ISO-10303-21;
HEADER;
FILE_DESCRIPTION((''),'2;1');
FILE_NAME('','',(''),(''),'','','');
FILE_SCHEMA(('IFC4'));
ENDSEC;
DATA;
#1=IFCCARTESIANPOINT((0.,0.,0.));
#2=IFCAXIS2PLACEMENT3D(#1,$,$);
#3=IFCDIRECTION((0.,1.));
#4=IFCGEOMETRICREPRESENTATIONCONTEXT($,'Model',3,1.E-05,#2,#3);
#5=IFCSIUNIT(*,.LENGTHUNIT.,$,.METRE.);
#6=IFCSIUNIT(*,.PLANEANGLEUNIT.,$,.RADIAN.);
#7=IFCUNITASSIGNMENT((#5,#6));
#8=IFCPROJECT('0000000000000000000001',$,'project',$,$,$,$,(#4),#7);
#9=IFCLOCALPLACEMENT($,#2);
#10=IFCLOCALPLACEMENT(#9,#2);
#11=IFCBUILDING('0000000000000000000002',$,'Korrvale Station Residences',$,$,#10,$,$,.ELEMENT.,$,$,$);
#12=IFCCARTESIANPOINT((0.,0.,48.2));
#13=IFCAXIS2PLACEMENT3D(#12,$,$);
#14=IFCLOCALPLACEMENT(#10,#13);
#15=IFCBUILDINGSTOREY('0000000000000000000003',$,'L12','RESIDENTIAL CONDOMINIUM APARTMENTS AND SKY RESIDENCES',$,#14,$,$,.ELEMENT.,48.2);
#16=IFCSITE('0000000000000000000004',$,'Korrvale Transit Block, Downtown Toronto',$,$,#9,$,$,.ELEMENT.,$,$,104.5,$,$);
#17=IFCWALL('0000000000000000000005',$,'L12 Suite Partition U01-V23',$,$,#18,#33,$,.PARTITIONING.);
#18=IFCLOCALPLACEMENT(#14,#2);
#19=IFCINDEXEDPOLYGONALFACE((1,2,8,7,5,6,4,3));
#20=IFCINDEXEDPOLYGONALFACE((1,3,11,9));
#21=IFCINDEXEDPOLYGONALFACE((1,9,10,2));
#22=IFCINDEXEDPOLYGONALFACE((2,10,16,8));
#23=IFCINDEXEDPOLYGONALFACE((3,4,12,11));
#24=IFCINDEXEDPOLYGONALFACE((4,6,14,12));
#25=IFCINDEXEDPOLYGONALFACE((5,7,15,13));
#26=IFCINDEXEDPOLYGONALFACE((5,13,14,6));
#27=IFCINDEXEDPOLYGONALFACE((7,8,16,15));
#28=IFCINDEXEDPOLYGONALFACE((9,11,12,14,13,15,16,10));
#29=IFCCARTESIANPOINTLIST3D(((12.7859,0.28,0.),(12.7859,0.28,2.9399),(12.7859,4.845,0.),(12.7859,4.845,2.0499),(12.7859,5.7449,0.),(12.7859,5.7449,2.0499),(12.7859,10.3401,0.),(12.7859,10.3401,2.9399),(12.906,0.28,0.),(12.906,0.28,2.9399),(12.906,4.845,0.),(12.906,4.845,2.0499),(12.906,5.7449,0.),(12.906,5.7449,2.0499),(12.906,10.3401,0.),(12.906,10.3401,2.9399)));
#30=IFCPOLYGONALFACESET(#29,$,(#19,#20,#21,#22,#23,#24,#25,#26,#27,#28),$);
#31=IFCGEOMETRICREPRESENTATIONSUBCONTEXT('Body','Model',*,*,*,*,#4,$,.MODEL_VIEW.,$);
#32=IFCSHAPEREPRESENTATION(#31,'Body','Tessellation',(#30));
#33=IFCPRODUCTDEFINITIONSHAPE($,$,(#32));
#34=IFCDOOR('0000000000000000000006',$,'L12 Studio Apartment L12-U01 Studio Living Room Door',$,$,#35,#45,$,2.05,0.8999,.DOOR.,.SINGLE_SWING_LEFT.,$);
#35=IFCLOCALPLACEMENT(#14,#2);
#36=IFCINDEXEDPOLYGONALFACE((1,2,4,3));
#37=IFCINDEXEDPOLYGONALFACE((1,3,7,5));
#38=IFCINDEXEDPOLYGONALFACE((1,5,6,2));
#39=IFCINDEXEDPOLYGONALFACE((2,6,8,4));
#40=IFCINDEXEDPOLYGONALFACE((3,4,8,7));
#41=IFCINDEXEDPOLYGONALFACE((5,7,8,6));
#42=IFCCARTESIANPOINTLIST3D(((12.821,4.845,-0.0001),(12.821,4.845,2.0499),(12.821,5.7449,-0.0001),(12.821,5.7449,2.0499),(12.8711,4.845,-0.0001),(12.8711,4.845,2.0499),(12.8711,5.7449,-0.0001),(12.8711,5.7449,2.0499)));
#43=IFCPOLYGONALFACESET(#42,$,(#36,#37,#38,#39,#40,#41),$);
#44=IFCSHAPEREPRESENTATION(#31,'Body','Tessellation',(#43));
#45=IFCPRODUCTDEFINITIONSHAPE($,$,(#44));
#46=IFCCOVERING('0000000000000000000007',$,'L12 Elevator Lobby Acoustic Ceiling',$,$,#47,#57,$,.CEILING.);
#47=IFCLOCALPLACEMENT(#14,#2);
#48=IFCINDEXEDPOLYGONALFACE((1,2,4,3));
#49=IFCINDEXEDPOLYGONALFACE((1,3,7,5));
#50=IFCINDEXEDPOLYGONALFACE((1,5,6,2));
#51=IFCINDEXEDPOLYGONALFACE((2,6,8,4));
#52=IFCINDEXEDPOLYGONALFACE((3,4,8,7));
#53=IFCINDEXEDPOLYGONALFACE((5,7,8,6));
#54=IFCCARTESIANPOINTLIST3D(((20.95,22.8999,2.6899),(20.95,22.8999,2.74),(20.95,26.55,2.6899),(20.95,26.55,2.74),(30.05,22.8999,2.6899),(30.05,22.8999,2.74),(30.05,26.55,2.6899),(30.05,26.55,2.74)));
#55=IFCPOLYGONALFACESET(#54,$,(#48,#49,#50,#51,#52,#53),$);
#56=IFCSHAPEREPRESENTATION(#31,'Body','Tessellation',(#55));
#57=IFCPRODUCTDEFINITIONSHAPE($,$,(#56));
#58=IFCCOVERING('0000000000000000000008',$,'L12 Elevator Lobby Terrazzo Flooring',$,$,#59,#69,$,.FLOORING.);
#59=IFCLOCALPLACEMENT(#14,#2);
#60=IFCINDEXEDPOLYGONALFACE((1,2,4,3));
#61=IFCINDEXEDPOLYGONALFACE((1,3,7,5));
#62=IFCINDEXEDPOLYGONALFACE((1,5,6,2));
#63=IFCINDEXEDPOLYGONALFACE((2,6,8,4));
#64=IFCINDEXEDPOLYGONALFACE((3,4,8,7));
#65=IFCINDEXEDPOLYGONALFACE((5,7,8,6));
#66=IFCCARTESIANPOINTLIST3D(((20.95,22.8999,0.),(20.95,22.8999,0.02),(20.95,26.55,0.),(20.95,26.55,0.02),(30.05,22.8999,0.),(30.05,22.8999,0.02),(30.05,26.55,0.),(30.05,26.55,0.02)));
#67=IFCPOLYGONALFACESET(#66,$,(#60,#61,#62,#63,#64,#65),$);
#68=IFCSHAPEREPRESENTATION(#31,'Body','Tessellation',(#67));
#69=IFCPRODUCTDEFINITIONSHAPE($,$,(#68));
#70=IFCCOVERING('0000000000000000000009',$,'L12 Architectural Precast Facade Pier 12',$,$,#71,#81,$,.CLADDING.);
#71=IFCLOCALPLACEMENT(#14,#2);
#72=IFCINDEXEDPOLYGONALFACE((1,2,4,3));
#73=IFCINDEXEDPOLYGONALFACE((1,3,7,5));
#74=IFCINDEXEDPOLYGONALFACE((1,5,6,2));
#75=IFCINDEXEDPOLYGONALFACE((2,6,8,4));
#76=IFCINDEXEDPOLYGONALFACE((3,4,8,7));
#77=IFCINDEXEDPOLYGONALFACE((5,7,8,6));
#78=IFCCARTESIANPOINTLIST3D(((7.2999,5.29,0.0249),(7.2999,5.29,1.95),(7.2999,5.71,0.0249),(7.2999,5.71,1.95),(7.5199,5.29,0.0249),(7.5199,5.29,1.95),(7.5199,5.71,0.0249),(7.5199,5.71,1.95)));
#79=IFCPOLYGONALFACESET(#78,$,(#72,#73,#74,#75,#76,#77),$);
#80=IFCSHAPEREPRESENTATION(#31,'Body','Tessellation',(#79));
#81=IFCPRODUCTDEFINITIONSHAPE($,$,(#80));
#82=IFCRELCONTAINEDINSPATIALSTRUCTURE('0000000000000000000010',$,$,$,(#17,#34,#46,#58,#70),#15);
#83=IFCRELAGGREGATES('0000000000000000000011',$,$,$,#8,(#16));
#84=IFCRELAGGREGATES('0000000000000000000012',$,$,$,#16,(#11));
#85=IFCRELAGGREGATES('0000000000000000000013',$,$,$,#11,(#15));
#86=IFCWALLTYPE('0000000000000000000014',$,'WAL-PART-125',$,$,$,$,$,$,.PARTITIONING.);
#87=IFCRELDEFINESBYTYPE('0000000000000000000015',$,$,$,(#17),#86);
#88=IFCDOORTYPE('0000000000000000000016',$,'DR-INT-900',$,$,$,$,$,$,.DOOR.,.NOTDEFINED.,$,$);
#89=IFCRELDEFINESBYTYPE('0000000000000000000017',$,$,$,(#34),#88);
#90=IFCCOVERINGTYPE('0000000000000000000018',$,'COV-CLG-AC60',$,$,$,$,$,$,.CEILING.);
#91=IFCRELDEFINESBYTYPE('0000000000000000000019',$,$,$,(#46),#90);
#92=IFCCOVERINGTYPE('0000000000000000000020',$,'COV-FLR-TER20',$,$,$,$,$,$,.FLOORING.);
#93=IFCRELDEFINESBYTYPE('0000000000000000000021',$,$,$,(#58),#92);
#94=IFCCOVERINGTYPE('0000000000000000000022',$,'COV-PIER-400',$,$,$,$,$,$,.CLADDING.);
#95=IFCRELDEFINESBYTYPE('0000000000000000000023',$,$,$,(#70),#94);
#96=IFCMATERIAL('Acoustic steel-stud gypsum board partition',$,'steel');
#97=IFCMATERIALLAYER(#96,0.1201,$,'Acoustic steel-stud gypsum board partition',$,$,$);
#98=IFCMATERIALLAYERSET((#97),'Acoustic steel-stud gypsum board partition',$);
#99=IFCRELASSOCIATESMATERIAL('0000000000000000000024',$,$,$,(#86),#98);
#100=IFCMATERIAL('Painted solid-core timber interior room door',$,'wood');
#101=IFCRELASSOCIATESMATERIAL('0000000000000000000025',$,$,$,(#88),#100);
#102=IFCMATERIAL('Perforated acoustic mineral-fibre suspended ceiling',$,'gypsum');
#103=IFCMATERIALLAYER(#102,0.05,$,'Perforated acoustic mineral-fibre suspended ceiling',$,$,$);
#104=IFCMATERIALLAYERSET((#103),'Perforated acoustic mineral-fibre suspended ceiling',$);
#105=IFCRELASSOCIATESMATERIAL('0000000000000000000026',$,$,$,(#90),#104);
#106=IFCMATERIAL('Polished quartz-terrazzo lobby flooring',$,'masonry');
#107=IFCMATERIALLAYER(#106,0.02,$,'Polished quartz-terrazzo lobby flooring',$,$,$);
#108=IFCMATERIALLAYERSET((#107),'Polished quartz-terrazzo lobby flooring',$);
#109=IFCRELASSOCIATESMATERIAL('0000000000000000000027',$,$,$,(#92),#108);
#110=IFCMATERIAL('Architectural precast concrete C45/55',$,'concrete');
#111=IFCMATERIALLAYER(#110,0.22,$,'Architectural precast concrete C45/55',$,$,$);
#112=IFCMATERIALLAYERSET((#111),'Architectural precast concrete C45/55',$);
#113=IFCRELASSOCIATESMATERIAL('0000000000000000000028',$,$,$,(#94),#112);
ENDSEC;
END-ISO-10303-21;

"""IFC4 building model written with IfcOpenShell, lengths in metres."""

from ifc_helpers import new_model, si_unit, direction, frame, frame_2d, origin, origin_2d, place, context, subcontext, project, spatial, polyline, rectangle, outline, extrude, material, layer, layer_set, type_object, element, fill, save


model = new_model("IFC4")

# Units and contexts
model_context = context("Model", 3, precision=1e-05, world=origin(), true_north=direction((0.0, 1.0)))
body_context = subcontext(model_context, "Body", "Model", "MODEL_VIEW")
ifc_project = project(units=[si_unit("LENGTHUNIT", "METRE"), si_unit("PLANEANGLEUNIT", "RADIAN")], contexts=[model_context])

# Site, building, storey
site_placement = place(None, origin())
site = spatial("IfcSite", under=ifc_project, at=site_placement, Name="Korrvale Transit Block, Downtown Toronto", CompositionType="ELEMENT", RefElevation=104.5)
building_placement = place(site_placement, origin())
building = spatial("IfcBuilding", under=site, at=building_placement, Name="Korrvale Station Residences", CompositionType="ELEMENT")
storey_placement = place(building_placement, frame((0.0, 0.0, 48.2)))
storey = spatial("IfcBuildingStorey", under=building, at=storey_placement, Name="L12", Description="RESIDENTIAL CONDOMINIUM APARTMENTS AND SKY RESIDENCES", CompositionType="ELEMENT", Elevation=48.2)

# Wall, opening, door
ifc_material_1 = material(Name="Acoustic steel-stud gypsum board partition", Category="steel")
ifc_layer_1 = layer(ifc_material_1, 0.1201, Name="Acoustic steel-stud gypsum board partition")
ifc_layer_set_1 = layer_set([ifc_layer_1], Name="Acoustic steel-stud gypsum board partition")
wall_type_1 = type_object("IfcWallType", Name="WAL-PART-125", PredefinedType="PARTITIONING", material=ifc_layer_set_1)
wall_1_placement = place(storey_placement, frame((12.8459, 0.28, 0.0), z_axis=(0.0, 0.0, 1.0), x_axis=(0.0, 1.0, 0.0)))
wall_1 = element("IfcWall", 1, at=wall_1_placement, inside=storey, type_object=wall_type_1, Name="L12 Suite Partition U01-V23", PredefinedType="PARTITIONING", context=body_context, shape_type="SweptSolid", body=[
    extrude(rectangle(XDim=10.0601, YDim=0.1201, at=frame_2d((5.03, 0.0))), origin(), (0.0, 0.0, 1.0), 2.9399),
])
opening_1_placement = place(wall_1_placement, frame((4.5649, 0.0, 0.0)))
opening_1 = element("IfcOpeningElement", 2, at=opening_1_placement, cuts=wall_1, PredefinedType="OPENING", context=body_context, shape_type="SweptSolid", body=[
    extrude(rectangle(XDim=0.8999, YDim=2.05, at=frame_2d((0.45, 1.0249))), frame((0.0, 0.0701, 0.0), z_axis=(0.0, -1.0, 0.0), x_axis=(1.0, 0.0, 0.0)), (0.0, 0.0, 1.0), 0.1401),
])
ifc_material_2 = material(Name="Painted solid-core timber interior room door", Category="wood")
door_type = type_object("IfcDoorType", Name="DR-INT-900", OperationType="NOTDEFINED", PredefinedType="DOOR", material=ifc_material_2)
door_placement = place(opening_1_placement, origin())
door = element("IfcDoor", 3, at=door_placement, inside=storey, type_object=door_type, Name="L12 Studio Apartment L12-U01 Studio Living Room Door", OperationType="SINGLE_SWING_LEFT", OverallHeight=2.05, OverallWidth=0.8999, PredefinedType="DOOR", context=body_context, shape_type="SweptSolid", body=[
    extrude(rectangle(XDim=0.8999, YDim=2.05, at=frame_2d((0.45, 1.0249))), frame((0.0, 0.0249, 0.0), z_axis=(0.0, -1.0, 0.0), x_axis=(1.0, 0.0, 0.0)), (0.0, 0.0, 1.0), 0.05),
])
fill(opening_1, door)

# Coverings
ifc_material_3 = material(Name="Perforated acoustic mineral-fibre suspended ceiling", Category="gypsum")
ifc_layer_2 = layer(ifc_material_3, 0.05, Name="Perforated acoustic mineral-fibre suspended ceiling")
ifc_layer_set_2 = layer_set([ifc_layer_2], Name="Perforated acoustic mineral-fibre suspended ceiling")
covering_type_1 = type_object("IfcCoveringType", Name="COV-CLG-AC60", PredefinedType="CEILING", material=ifc_layer_set_2)
covering_1_placement = place(storey_placement, frame((0.0, 0.0, 2.6899)))
element("IfcCovering", 4, at=covering_1_placement, inside=storey, type_object=covering_type_1, Name="L12 Elevator Lobby Acoustic Ceiling", PredefinedType="CEILING", context=body_context, shape_type="SweptSolid", body=[
    extrude(outline(polyline([(20.95, 22.8999), (30.05, 22.8999), (30.05, 26.55), (20.95, 26.55), (20.95, 22.8999)])), origin(), (0.0, 0.0, 1.0), 0.05),
])
ifc_material_4 = material(Name="Polished quartz-terrazzo lobby flooring", Category="masonry")
ifc_layer_3 = layer(ifc_material_4, 0.02, Name="Polished quartz-terrazzo lobby flooring")
ifc_layer_set_3 = layer_set([ifc_layer_3], Name="Polished quartz-terrazzo lobby flooring")
covering_type_2 = type_object("IfcCoveringType", Name="COV-FLR-TER20", PredefinedType="FLOORING", material=ifc_layer_set_3)
covering_2_placement = place(storey_placement, origin())
element("IfcCovering", 5, at=covering_2_placement, inside=storey, type_object=covering_type_2, Name="L12 Elevator Lobby Terrazzo Flooring", PredefinedType="FLOORING", context=body_context, shape_type="SweptSolid", body=[
    extrude(outline(polyline([(20.95, 22.8999), (30.05, 22.8999), (30.05, 26.55), (20.95, 26.55), (20.95, 22.8999)])), origin(), (0.0, 0.0, 1.0), 0.02),
])
ifc_material_5 = material(Name="Architectural precast concrete C45/55", Category="concrete")
ifc_layer_4 = layer(ifc_material_5, 0.22, Name="Architectural precast concrete C45/55")
ifc_layer_set_4 = layer_set([ifc_layer_4], Name="Architectural precast concrete C45/55")
covering_type_3 = type_object("IfcCoveringType", Name="COV-PIER-400", PredefinedType="CLADDING", material=ifc_layer_set_4)
covering_3_placement = place(storey_placement, frame((7.4099, 5.5, 0.0249), z_axis=(0.0, 0.0, 1.0), x_axis=(0.0, 1.0, 0.0)))
element("IfcCovering", 6, at=covering_3_placement, inside=storey, type_object=covering_type_3, Name="L12 Architectural Precast Facade Pier 12", PredefinedType="CLADDING", context=body_context, shape_type="SweptSolid", body=[
    extrude(rectangle(XDim=0.4199, YDim=0.22, at=origin_2d()), origin(), (0.0, 0.0, 1.0), 1.925),
])

save(model, "model.ifc")
